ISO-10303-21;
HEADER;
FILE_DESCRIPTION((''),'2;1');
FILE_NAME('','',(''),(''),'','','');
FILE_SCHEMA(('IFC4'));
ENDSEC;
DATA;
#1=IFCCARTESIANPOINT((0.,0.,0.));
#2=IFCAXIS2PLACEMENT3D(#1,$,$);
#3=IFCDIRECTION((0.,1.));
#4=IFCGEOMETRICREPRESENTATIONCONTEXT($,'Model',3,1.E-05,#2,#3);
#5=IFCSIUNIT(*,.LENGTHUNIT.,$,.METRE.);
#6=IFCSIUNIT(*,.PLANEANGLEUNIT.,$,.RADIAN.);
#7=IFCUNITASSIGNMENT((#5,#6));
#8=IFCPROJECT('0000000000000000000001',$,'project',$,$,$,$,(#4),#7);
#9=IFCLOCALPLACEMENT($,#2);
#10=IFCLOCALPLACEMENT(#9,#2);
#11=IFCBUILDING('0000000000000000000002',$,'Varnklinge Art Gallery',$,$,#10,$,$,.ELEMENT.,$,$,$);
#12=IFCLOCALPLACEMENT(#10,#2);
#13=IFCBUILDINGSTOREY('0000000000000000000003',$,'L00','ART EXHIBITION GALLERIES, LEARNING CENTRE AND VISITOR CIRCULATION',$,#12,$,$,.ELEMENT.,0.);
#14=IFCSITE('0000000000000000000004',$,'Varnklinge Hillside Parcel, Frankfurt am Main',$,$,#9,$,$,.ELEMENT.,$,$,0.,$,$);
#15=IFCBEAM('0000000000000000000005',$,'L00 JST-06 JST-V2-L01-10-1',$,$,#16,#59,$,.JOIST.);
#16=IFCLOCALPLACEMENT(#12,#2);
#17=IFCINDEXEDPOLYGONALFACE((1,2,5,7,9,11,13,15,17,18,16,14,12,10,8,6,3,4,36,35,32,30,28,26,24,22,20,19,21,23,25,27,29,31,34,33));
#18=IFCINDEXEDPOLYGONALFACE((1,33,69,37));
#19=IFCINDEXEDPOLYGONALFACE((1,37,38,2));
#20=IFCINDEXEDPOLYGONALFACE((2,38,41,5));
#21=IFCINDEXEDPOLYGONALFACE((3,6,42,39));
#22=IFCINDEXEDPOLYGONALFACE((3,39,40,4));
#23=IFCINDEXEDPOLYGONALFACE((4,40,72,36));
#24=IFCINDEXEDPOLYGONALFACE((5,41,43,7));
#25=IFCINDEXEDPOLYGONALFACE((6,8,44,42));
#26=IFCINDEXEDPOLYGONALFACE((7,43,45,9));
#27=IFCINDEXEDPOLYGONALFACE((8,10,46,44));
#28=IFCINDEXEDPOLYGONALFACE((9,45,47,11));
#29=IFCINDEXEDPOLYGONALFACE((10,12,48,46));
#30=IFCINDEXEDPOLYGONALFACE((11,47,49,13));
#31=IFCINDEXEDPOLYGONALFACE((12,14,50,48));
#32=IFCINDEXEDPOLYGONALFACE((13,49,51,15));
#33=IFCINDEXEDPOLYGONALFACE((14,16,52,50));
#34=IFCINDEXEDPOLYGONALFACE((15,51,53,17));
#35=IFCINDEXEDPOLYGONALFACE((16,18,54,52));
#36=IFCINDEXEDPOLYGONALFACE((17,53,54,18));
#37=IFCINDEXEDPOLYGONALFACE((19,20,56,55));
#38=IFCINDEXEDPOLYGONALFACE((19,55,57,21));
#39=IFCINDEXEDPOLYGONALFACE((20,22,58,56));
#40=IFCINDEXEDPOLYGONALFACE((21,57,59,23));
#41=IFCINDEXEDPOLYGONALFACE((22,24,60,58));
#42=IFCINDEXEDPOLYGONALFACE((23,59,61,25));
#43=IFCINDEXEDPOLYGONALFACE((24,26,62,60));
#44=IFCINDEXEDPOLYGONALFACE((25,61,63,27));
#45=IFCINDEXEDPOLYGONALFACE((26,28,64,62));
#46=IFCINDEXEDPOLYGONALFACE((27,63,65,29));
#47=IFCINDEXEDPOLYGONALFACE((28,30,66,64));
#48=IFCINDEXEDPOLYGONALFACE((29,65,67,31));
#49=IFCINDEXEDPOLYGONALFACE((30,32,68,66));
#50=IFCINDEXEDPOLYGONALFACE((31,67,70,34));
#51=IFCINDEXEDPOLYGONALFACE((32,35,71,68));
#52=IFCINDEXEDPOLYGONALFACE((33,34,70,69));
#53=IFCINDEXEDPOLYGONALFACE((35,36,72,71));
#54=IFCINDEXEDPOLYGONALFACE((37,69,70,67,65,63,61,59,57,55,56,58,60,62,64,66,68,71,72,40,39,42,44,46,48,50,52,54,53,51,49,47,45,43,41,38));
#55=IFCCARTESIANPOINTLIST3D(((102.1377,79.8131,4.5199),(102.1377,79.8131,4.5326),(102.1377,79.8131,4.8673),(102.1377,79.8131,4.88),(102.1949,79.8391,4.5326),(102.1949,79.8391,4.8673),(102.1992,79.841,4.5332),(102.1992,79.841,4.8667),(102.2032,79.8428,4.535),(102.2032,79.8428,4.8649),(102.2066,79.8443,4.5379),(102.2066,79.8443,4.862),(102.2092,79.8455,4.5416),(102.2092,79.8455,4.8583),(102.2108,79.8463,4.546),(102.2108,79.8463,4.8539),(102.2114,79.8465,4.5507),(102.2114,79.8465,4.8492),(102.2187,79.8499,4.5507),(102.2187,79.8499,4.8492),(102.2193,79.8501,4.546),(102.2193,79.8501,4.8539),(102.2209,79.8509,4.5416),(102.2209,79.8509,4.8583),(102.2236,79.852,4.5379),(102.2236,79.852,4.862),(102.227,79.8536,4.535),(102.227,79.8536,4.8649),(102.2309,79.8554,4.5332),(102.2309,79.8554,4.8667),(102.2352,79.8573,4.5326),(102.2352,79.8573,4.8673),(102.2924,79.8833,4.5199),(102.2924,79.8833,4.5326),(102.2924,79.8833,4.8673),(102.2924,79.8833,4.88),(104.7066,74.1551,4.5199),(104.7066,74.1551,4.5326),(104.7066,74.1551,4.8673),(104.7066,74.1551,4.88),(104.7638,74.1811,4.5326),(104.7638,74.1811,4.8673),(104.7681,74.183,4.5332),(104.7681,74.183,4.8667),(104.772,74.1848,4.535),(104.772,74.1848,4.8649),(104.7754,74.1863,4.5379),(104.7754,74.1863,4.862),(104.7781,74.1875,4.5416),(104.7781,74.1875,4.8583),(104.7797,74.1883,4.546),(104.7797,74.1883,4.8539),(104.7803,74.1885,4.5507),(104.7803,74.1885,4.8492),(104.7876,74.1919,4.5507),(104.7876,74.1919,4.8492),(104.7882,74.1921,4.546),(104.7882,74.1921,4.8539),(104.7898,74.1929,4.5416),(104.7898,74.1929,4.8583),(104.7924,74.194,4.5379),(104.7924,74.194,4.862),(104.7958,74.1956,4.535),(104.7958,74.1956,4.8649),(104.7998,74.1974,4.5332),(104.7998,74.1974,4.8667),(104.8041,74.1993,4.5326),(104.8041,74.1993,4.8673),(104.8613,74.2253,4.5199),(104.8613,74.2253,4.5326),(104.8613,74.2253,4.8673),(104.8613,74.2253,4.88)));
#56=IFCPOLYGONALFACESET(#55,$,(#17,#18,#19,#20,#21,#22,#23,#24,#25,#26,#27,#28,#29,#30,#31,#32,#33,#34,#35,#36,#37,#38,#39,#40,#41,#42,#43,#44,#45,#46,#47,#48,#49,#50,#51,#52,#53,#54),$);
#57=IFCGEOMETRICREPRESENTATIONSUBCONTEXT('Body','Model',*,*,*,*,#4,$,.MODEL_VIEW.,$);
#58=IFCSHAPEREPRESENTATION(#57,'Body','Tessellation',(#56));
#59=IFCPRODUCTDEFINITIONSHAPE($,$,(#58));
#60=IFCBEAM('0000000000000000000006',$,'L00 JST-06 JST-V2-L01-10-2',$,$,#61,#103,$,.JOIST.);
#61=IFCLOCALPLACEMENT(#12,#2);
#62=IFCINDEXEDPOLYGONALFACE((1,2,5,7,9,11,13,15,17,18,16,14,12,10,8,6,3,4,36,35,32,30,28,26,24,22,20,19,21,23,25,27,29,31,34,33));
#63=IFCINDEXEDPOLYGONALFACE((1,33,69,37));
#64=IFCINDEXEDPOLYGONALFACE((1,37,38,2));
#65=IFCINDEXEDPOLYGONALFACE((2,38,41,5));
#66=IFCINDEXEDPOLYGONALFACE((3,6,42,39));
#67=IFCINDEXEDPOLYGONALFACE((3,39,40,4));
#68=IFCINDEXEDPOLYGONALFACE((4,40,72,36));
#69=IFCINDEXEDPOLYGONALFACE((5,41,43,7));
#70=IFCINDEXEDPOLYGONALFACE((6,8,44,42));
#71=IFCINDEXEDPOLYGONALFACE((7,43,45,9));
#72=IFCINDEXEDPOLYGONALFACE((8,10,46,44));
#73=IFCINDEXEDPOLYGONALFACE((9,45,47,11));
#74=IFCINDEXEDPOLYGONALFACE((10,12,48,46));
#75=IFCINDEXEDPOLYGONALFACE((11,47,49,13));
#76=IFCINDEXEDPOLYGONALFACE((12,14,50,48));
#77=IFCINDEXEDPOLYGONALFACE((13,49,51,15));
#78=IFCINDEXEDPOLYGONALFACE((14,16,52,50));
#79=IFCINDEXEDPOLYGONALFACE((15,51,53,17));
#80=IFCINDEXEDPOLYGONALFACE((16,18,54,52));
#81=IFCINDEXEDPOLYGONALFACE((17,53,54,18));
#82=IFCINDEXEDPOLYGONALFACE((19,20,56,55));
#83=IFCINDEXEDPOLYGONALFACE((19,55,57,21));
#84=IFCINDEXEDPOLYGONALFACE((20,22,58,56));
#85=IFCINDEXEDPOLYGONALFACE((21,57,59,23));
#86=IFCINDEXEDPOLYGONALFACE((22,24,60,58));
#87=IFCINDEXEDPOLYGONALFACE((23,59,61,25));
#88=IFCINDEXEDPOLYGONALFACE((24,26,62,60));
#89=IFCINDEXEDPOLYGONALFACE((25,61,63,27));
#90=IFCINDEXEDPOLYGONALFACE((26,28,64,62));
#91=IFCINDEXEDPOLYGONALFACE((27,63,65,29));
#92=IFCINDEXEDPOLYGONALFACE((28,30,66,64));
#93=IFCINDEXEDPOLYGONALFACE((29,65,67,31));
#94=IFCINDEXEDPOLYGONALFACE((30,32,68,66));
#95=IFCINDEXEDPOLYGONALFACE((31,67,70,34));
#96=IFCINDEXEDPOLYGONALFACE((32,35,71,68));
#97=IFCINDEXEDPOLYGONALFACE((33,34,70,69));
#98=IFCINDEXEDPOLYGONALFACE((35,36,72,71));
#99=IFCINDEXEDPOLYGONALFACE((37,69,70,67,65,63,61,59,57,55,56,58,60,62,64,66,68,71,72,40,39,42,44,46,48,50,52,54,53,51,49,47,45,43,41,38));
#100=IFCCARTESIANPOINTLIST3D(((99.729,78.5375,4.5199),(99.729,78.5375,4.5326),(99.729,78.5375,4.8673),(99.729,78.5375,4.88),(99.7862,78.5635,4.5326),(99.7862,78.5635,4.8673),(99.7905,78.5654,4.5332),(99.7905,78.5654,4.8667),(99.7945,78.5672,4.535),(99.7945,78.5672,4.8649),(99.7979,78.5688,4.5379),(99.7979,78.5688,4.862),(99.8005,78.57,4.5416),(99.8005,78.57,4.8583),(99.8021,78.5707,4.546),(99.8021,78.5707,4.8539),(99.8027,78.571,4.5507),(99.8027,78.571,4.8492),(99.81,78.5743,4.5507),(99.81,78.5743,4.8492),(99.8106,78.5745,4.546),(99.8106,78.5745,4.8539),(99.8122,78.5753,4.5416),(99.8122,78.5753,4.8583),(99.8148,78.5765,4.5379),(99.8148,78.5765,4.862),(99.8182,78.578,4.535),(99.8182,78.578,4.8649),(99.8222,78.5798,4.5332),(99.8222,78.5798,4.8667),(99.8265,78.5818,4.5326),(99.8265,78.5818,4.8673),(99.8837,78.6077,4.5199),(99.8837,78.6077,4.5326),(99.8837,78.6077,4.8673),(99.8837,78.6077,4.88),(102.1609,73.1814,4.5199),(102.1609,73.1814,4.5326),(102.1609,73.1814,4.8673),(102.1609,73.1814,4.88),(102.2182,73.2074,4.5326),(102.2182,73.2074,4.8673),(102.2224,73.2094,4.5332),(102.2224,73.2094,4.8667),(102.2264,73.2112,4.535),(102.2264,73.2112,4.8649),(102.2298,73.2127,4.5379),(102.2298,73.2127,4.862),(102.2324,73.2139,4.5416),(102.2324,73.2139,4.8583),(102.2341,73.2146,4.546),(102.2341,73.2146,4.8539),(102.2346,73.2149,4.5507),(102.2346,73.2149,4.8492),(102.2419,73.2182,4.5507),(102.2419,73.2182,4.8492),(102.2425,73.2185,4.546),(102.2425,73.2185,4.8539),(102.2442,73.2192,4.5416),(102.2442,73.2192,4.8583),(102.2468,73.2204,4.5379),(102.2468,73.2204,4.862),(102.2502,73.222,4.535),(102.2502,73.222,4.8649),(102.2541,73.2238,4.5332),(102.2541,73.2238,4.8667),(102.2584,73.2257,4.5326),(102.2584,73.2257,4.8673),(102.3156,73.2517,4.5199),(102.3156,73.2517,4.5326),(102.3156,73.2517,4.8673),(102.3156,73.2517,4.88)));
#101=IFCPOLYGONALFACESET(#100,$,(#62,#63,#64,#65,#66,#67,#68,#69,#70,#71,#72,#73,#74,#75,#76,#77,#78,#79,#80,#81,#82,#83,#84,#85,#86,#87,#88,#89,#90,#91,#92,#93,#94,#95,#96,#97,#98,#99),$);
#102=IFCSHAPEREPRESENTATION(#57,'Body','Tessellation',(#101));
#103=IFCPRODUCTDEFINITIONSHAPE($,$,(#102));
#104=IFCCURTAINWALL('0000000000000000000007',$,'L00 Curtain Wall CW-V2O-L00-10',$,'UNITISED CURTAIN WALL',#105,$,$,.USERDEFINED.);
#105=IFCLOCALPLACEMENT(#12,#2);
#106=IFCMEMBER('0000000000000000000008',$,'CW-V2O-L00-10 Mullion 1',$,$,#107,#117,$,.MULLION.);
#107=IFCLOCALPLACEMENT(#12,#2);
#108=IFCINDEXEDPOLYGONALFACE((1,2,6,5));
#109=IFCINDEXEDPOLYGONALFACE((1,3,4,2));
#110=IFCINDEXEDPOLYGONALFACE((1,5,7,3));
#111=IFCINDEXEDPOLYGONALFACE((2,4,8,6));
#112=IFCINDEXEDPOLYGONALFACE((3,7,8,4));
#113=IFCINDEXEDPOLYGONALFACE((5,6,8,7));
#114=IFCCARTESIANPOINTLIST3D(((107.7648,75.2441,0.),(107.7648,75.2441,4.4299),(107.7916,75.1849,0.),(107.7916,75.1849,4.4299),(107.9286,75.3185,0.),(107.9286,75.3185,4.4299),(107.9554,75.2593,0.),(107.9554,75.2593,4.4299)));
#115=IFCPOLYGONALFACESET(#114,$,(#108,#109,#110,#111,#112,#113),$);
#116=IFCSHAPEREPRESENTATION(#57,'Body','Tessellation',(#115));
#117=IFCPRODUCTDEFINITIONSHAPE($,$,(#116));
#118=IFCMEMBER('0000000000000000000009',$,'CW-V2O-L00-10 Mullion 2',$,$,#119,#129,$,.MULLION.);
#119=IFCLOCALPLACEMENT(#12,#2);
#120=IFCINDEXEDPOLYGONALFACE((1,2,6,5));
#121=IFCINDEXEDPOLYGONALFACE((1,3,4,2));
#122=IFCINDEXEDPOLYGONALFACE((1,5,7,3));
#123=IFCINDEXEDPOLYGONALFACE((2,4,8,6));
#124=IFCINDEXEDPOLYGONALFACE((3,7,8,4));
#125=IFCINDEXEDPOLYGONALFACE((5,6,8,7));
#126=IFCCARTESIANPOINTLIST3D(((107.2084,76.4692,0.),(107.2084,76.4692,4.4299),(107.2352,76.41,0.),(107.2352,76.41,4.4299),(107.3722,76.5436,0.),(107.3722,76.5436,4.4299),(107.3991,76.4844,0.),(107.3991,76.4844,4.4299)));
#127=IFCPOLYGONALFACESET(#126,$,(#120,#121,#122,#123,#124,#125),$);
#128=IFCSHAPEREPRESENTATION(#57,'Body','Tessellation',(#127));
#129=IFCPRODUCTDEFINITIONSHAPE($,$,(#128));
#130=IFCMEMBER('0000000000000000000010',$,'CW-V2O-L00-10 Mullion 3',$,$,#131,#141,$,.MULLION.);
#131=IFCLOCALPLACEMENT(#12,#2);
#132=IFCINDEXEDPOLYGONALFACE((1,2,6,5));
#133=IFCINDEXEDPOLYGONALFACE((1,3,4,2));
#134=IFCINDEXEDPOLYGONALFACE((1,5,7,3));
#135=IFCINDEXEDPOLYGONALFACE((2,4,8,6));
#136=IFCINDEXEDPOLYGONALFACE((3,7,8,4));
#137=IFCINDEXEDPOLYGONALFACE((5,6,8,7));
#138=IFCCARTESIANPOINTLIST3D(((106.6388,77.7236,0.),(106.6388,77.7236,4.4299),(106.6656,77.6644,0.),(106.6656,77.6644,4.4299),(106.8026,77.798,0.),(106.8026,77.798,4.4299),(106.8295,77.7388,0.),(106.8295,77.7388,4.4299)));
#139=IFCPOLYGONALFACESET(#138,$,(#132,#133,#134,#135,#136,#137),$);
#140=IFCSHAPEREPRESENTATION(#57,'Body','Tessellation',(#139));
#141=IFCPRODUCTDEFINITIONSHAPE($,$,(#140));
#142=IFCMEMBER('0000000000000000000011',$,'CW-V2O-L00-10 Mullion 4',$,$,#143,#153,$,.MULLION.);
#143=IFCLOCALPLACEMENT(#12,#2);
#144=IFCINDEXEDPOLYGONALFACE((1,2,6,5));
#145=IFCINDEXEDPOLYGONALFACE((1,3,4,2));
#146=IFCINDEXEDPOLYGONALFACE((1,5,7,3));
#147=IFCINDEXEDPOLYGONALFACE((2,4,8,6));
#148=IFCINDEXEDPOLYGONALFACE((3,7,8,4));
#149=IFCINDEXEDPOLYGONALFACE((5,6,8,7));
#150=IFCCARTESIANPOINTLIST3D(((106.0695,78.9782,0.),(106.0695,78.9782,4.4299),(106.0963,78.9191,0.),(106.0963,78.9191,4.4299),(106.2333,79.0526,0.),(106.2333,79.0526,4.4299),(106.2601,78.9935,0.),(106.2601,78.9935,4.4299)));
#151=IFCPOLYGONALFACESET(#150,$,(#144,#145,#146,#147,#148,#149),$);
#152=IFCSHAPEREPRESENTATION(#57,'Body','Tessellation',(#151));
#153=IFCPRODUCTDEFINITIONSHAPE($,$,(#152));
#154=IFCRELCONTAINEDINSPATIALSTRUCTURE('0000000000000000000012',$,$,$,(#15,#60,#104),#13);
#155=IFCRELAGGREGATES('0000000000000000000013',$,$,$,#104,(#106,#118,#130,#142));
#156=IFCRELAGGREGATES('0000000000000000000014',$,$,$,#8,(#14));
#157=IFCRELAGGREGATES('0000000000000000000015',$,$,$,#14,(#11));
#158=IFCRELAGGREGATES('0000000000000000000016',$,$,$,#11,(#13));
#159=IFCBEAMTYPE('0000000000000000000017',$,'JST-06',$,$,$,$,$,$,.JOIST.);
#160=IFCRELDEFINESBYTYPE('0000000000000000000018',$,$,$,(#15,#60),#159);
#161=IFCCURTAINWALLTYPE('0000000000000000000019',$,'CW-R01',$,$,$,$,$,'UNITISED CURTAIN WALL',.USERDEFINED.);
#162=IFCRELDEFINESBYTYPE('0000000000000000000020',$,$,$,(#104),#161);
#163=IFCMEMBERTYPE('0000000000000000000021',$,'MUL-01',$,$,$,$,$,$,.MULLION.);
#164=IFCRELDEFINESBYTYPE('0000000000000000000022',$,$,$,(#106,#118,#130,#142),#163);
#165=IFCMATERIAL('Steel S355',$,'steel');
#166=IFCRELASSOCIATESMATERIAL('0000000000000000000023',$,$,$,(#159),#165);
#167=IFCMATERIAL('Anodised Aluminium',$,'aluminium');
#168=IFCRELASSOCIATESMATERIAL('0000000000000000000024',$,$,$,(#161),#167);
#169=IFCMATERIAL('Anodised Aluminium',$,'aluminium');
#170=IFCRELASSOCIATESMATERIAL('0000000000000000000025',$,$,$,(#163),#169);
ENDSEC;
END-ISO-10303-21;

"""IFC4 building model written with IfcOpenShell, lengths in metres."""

from ifc_helpers import new_model, si_unit, direction, frame, origin, origin_2d, place, context, subcontext, project, spatial, rectangle, i_section, extrude, material, material_profile, profile_set, type_object, element, aggregate, save


model = new_model("IFC4")

# Units and contexts
model_context = context("Model", 3, precision=1e-05, world=origin(), true_north=direction((0.0, 1.0)))
body_context = subcontext(model_context, "Body", "Model", "MODEL_VIEW")
ifc_project = project(units=[si_unit("LENGTHUNIT", "METRE"), si_unit("PLANEANGLEUNIT", "RADIAN")], contexts=[model_context])

# Site, building, storey
site_placement = place(None, origin())
site = spatial("IfcSite", under=ifc_project, at=site_placement, Name="Varnklinge Hillside Parcel, Frankfurt am Main", CompositionType="ELEMENT", RefElevation=0.0)
building_placement = place(site_placement, origin())
building = spatial("IfcBuilding", under=site, at=building_placement, Name="Varnklinge Art Gallery", CompositionType="ELEMENT")
storey_placement = place(building_placement, origin())
storey = spatial("IfcBuildingStorey", under=building, at=storey_placement, Name="L00", Description="ART EXHIBITION GALLERIES, LEARNING CENTRE AND VISITOR CIRCULATION", CompositionType="ELEMENT", Elevation=0.0)

# Beams
ifc_material_1 = material(Name="Steel S355", Category="steel")
ifc_material_profile_1 = material_profile(ifc_material_1, i_section(OverallWidth=0.1699, OverallDepth=0.3601, WebThickness=0.0081, FlangeThickness=0.0127, FilletRadius=0.0181, at=origin_2d()), Name="IPE 360")
ifc_profile_set_1 = profile_set([ifc_material_profile_1], Name="Steel S355")
beam_type_1 = type_object("IfcBeamType", Name="JST-06", PredefinedType="JOIST", material=ifc_profile_set_1)
beam_1_placement = place(storey_placement, frame((104.7839, 74.1902, 4.7), z_axis=(-0.413409, 0.910545, 0.0), x_axis=(-0.910545, -0.413409, 0.0)))
element("IfcBeam", 1, at=beam_1_placement, inside=storey, type_object=beam_type_1, Name="L00 JST-06 JST-V2-L01-10-1", PredefinedType="JOIST", context=body_context, shape_type="SweptSolid", body=[
    extrude(i_section(OverallWidth=0.1699, OverallDepth=0.3601, WebThickness=0.0081, FlangeThickness=0.0127, FilletRadius=0.0181, at=origin_2d()), origin(), (0.0, 0.0, 1.0), 6.2139),
])
beam_2_placement = place(storey_placement, frame((102.2383, 73.2166, 4.7), z_axis=(-0.413431, 0.910536, 0.0), x_axis=(-0.910536, -0.413431, 0.0)))
element("IfcBeam", 2, at=beam_2_placement, inside=storey, type_object=beam_type_1, Name="L00 JST-06 JST-V2-L01-10-2", PredefinedType="JOIST", context=body_context, shape_type="SweptSolid", body=[
    extrude(i_section(OverallWidth=0.1699, OverallDepth=0.3601, WebThickness=0.0081, FlangeThickness=0.0127, FilletRadius=0.0181, at=origin_2d()), origin(), (0.0, 0.0, 1.0), 5.8823),
])

# Curtain wall, members
ifc_material_2 = material(Name="Anodised Aluminium", Category="aluminium")
curtain_wall_type = type_object("IfcCurtainWallType", Name="CW-R01", ElementType="UNITISED CURTAIN WALL", PredefinedType="USERDEFINED", material=ifc_material_2)
curtain_wall_placement = place(storey_placement, origin())
curtain_wall = element("IfcCurtainWall", 3, at=curtain_wall_placement, inside=storey, type_object=curtain_wall_type, Name="L00 Curtain Wall CW-V2O-L00-10", ObjectType="UNITISED CURTAIN WALL", PredefinedType="USERDEFINED")
ifc_material_3 = material(Name="Anodised Aluminium", Category="aluminium")
ifc_material_profile_2 = material_profile(ifc_material_3, rectangle(XDim=0.0649, YDim=0.1799, at=origin_2d()), Name="ALU 65x180")
ifc_profile_set_2 = profile_set([ifc_material_profile_2], Name="Anodised Aluminium")
member_type_1 = type_object("IfcMemberType", Name="MUL-01", PredefinedType="MULLION", material=ifc_profile_set_2)
member_1_placement = place(storey_placement, frame((107.8601, 75.2517, 0.0), z_axis=(0.0, 0.0, 1.0), x_axis=(-0.413422, 0.910539, 0.0)))
member_1 = element("IfcMember", 4, at=member_1_placement, type_object=member_type_1, Name="CW-V2O-L00-10 Mullion 1", PredefinedType="MULLION", context=body_context, shape_type="SweptSolid", body=[
    extrude(rectangle(XDim=0.0649, YDim=0.1799, at=origin_2d()), origin(), (0.0, 0.0, 1.0), 4.4299),
])
member_2_placement = place(storey_placement, frame((107.3037, 76.4768, 0.0), z_axis=(0.0, 0.0, 1.0), x_axis=(-0.413422, 0.910539, 0.0)))
member_2 = element("IfcMember", 5, at=member_2_placement, type_object=member_type_1, Name="CW-V2O-L00-10 Mullion 2", PredefinedType="MULLION", context=body_context, shape_type="SweptSolid", body=[
    extrude(rectangle(XDim=0.0649, YDim=0.1799, at=origin_2d()), origin(), (0.0, 0.0, 1.0), 4.4299),
])
member_3_placement = place(storey_placement, frame((106.7341, 77.7312, 0.0), z_axis=(0.0, 0.0, 1.0), x_axis=(-0.413422, 0.910539, 0.0)))
member_3 = element("IfcMember", 6, at=member_3_placement, type_object=member_type_1, Name="CW-V2O-L00-10 Mullion 3", PredefinedType="MULLION", context=body_context, shape_type="SweptSolid", body=[
    extrude(rectangle(XDim=0.0649, YDim=0.1799, at=origin_2d()), origin(), (0.0, 0.0, 1.0), 4.4299),
])
member_4_placement = place(storey_placement, frame((106.1648, 78.9858, 0.0), z_axis=(0.0, 0.0, 1.0), x_axis=(-0.413422, 0.910539, 0.0)))
member_4 = element("IfcMember", 7, at=member_4_placement, type_object=member_type_1, Name="CW-V2O-L00-10 Mullion 4", PredefinedType="MULLION", context=body_context, shape_type="SweptSolid", body=[
    extrude(rectangle(XDim=0.0649, YDim=0.1799, at=origin_2d()), origin(), (0.0, 0.0, 1.0), 4.4299),
])

aggregate(curtain_wall, [member_1, member_2, member_3, member_4])

save(model, "model.ifc")
